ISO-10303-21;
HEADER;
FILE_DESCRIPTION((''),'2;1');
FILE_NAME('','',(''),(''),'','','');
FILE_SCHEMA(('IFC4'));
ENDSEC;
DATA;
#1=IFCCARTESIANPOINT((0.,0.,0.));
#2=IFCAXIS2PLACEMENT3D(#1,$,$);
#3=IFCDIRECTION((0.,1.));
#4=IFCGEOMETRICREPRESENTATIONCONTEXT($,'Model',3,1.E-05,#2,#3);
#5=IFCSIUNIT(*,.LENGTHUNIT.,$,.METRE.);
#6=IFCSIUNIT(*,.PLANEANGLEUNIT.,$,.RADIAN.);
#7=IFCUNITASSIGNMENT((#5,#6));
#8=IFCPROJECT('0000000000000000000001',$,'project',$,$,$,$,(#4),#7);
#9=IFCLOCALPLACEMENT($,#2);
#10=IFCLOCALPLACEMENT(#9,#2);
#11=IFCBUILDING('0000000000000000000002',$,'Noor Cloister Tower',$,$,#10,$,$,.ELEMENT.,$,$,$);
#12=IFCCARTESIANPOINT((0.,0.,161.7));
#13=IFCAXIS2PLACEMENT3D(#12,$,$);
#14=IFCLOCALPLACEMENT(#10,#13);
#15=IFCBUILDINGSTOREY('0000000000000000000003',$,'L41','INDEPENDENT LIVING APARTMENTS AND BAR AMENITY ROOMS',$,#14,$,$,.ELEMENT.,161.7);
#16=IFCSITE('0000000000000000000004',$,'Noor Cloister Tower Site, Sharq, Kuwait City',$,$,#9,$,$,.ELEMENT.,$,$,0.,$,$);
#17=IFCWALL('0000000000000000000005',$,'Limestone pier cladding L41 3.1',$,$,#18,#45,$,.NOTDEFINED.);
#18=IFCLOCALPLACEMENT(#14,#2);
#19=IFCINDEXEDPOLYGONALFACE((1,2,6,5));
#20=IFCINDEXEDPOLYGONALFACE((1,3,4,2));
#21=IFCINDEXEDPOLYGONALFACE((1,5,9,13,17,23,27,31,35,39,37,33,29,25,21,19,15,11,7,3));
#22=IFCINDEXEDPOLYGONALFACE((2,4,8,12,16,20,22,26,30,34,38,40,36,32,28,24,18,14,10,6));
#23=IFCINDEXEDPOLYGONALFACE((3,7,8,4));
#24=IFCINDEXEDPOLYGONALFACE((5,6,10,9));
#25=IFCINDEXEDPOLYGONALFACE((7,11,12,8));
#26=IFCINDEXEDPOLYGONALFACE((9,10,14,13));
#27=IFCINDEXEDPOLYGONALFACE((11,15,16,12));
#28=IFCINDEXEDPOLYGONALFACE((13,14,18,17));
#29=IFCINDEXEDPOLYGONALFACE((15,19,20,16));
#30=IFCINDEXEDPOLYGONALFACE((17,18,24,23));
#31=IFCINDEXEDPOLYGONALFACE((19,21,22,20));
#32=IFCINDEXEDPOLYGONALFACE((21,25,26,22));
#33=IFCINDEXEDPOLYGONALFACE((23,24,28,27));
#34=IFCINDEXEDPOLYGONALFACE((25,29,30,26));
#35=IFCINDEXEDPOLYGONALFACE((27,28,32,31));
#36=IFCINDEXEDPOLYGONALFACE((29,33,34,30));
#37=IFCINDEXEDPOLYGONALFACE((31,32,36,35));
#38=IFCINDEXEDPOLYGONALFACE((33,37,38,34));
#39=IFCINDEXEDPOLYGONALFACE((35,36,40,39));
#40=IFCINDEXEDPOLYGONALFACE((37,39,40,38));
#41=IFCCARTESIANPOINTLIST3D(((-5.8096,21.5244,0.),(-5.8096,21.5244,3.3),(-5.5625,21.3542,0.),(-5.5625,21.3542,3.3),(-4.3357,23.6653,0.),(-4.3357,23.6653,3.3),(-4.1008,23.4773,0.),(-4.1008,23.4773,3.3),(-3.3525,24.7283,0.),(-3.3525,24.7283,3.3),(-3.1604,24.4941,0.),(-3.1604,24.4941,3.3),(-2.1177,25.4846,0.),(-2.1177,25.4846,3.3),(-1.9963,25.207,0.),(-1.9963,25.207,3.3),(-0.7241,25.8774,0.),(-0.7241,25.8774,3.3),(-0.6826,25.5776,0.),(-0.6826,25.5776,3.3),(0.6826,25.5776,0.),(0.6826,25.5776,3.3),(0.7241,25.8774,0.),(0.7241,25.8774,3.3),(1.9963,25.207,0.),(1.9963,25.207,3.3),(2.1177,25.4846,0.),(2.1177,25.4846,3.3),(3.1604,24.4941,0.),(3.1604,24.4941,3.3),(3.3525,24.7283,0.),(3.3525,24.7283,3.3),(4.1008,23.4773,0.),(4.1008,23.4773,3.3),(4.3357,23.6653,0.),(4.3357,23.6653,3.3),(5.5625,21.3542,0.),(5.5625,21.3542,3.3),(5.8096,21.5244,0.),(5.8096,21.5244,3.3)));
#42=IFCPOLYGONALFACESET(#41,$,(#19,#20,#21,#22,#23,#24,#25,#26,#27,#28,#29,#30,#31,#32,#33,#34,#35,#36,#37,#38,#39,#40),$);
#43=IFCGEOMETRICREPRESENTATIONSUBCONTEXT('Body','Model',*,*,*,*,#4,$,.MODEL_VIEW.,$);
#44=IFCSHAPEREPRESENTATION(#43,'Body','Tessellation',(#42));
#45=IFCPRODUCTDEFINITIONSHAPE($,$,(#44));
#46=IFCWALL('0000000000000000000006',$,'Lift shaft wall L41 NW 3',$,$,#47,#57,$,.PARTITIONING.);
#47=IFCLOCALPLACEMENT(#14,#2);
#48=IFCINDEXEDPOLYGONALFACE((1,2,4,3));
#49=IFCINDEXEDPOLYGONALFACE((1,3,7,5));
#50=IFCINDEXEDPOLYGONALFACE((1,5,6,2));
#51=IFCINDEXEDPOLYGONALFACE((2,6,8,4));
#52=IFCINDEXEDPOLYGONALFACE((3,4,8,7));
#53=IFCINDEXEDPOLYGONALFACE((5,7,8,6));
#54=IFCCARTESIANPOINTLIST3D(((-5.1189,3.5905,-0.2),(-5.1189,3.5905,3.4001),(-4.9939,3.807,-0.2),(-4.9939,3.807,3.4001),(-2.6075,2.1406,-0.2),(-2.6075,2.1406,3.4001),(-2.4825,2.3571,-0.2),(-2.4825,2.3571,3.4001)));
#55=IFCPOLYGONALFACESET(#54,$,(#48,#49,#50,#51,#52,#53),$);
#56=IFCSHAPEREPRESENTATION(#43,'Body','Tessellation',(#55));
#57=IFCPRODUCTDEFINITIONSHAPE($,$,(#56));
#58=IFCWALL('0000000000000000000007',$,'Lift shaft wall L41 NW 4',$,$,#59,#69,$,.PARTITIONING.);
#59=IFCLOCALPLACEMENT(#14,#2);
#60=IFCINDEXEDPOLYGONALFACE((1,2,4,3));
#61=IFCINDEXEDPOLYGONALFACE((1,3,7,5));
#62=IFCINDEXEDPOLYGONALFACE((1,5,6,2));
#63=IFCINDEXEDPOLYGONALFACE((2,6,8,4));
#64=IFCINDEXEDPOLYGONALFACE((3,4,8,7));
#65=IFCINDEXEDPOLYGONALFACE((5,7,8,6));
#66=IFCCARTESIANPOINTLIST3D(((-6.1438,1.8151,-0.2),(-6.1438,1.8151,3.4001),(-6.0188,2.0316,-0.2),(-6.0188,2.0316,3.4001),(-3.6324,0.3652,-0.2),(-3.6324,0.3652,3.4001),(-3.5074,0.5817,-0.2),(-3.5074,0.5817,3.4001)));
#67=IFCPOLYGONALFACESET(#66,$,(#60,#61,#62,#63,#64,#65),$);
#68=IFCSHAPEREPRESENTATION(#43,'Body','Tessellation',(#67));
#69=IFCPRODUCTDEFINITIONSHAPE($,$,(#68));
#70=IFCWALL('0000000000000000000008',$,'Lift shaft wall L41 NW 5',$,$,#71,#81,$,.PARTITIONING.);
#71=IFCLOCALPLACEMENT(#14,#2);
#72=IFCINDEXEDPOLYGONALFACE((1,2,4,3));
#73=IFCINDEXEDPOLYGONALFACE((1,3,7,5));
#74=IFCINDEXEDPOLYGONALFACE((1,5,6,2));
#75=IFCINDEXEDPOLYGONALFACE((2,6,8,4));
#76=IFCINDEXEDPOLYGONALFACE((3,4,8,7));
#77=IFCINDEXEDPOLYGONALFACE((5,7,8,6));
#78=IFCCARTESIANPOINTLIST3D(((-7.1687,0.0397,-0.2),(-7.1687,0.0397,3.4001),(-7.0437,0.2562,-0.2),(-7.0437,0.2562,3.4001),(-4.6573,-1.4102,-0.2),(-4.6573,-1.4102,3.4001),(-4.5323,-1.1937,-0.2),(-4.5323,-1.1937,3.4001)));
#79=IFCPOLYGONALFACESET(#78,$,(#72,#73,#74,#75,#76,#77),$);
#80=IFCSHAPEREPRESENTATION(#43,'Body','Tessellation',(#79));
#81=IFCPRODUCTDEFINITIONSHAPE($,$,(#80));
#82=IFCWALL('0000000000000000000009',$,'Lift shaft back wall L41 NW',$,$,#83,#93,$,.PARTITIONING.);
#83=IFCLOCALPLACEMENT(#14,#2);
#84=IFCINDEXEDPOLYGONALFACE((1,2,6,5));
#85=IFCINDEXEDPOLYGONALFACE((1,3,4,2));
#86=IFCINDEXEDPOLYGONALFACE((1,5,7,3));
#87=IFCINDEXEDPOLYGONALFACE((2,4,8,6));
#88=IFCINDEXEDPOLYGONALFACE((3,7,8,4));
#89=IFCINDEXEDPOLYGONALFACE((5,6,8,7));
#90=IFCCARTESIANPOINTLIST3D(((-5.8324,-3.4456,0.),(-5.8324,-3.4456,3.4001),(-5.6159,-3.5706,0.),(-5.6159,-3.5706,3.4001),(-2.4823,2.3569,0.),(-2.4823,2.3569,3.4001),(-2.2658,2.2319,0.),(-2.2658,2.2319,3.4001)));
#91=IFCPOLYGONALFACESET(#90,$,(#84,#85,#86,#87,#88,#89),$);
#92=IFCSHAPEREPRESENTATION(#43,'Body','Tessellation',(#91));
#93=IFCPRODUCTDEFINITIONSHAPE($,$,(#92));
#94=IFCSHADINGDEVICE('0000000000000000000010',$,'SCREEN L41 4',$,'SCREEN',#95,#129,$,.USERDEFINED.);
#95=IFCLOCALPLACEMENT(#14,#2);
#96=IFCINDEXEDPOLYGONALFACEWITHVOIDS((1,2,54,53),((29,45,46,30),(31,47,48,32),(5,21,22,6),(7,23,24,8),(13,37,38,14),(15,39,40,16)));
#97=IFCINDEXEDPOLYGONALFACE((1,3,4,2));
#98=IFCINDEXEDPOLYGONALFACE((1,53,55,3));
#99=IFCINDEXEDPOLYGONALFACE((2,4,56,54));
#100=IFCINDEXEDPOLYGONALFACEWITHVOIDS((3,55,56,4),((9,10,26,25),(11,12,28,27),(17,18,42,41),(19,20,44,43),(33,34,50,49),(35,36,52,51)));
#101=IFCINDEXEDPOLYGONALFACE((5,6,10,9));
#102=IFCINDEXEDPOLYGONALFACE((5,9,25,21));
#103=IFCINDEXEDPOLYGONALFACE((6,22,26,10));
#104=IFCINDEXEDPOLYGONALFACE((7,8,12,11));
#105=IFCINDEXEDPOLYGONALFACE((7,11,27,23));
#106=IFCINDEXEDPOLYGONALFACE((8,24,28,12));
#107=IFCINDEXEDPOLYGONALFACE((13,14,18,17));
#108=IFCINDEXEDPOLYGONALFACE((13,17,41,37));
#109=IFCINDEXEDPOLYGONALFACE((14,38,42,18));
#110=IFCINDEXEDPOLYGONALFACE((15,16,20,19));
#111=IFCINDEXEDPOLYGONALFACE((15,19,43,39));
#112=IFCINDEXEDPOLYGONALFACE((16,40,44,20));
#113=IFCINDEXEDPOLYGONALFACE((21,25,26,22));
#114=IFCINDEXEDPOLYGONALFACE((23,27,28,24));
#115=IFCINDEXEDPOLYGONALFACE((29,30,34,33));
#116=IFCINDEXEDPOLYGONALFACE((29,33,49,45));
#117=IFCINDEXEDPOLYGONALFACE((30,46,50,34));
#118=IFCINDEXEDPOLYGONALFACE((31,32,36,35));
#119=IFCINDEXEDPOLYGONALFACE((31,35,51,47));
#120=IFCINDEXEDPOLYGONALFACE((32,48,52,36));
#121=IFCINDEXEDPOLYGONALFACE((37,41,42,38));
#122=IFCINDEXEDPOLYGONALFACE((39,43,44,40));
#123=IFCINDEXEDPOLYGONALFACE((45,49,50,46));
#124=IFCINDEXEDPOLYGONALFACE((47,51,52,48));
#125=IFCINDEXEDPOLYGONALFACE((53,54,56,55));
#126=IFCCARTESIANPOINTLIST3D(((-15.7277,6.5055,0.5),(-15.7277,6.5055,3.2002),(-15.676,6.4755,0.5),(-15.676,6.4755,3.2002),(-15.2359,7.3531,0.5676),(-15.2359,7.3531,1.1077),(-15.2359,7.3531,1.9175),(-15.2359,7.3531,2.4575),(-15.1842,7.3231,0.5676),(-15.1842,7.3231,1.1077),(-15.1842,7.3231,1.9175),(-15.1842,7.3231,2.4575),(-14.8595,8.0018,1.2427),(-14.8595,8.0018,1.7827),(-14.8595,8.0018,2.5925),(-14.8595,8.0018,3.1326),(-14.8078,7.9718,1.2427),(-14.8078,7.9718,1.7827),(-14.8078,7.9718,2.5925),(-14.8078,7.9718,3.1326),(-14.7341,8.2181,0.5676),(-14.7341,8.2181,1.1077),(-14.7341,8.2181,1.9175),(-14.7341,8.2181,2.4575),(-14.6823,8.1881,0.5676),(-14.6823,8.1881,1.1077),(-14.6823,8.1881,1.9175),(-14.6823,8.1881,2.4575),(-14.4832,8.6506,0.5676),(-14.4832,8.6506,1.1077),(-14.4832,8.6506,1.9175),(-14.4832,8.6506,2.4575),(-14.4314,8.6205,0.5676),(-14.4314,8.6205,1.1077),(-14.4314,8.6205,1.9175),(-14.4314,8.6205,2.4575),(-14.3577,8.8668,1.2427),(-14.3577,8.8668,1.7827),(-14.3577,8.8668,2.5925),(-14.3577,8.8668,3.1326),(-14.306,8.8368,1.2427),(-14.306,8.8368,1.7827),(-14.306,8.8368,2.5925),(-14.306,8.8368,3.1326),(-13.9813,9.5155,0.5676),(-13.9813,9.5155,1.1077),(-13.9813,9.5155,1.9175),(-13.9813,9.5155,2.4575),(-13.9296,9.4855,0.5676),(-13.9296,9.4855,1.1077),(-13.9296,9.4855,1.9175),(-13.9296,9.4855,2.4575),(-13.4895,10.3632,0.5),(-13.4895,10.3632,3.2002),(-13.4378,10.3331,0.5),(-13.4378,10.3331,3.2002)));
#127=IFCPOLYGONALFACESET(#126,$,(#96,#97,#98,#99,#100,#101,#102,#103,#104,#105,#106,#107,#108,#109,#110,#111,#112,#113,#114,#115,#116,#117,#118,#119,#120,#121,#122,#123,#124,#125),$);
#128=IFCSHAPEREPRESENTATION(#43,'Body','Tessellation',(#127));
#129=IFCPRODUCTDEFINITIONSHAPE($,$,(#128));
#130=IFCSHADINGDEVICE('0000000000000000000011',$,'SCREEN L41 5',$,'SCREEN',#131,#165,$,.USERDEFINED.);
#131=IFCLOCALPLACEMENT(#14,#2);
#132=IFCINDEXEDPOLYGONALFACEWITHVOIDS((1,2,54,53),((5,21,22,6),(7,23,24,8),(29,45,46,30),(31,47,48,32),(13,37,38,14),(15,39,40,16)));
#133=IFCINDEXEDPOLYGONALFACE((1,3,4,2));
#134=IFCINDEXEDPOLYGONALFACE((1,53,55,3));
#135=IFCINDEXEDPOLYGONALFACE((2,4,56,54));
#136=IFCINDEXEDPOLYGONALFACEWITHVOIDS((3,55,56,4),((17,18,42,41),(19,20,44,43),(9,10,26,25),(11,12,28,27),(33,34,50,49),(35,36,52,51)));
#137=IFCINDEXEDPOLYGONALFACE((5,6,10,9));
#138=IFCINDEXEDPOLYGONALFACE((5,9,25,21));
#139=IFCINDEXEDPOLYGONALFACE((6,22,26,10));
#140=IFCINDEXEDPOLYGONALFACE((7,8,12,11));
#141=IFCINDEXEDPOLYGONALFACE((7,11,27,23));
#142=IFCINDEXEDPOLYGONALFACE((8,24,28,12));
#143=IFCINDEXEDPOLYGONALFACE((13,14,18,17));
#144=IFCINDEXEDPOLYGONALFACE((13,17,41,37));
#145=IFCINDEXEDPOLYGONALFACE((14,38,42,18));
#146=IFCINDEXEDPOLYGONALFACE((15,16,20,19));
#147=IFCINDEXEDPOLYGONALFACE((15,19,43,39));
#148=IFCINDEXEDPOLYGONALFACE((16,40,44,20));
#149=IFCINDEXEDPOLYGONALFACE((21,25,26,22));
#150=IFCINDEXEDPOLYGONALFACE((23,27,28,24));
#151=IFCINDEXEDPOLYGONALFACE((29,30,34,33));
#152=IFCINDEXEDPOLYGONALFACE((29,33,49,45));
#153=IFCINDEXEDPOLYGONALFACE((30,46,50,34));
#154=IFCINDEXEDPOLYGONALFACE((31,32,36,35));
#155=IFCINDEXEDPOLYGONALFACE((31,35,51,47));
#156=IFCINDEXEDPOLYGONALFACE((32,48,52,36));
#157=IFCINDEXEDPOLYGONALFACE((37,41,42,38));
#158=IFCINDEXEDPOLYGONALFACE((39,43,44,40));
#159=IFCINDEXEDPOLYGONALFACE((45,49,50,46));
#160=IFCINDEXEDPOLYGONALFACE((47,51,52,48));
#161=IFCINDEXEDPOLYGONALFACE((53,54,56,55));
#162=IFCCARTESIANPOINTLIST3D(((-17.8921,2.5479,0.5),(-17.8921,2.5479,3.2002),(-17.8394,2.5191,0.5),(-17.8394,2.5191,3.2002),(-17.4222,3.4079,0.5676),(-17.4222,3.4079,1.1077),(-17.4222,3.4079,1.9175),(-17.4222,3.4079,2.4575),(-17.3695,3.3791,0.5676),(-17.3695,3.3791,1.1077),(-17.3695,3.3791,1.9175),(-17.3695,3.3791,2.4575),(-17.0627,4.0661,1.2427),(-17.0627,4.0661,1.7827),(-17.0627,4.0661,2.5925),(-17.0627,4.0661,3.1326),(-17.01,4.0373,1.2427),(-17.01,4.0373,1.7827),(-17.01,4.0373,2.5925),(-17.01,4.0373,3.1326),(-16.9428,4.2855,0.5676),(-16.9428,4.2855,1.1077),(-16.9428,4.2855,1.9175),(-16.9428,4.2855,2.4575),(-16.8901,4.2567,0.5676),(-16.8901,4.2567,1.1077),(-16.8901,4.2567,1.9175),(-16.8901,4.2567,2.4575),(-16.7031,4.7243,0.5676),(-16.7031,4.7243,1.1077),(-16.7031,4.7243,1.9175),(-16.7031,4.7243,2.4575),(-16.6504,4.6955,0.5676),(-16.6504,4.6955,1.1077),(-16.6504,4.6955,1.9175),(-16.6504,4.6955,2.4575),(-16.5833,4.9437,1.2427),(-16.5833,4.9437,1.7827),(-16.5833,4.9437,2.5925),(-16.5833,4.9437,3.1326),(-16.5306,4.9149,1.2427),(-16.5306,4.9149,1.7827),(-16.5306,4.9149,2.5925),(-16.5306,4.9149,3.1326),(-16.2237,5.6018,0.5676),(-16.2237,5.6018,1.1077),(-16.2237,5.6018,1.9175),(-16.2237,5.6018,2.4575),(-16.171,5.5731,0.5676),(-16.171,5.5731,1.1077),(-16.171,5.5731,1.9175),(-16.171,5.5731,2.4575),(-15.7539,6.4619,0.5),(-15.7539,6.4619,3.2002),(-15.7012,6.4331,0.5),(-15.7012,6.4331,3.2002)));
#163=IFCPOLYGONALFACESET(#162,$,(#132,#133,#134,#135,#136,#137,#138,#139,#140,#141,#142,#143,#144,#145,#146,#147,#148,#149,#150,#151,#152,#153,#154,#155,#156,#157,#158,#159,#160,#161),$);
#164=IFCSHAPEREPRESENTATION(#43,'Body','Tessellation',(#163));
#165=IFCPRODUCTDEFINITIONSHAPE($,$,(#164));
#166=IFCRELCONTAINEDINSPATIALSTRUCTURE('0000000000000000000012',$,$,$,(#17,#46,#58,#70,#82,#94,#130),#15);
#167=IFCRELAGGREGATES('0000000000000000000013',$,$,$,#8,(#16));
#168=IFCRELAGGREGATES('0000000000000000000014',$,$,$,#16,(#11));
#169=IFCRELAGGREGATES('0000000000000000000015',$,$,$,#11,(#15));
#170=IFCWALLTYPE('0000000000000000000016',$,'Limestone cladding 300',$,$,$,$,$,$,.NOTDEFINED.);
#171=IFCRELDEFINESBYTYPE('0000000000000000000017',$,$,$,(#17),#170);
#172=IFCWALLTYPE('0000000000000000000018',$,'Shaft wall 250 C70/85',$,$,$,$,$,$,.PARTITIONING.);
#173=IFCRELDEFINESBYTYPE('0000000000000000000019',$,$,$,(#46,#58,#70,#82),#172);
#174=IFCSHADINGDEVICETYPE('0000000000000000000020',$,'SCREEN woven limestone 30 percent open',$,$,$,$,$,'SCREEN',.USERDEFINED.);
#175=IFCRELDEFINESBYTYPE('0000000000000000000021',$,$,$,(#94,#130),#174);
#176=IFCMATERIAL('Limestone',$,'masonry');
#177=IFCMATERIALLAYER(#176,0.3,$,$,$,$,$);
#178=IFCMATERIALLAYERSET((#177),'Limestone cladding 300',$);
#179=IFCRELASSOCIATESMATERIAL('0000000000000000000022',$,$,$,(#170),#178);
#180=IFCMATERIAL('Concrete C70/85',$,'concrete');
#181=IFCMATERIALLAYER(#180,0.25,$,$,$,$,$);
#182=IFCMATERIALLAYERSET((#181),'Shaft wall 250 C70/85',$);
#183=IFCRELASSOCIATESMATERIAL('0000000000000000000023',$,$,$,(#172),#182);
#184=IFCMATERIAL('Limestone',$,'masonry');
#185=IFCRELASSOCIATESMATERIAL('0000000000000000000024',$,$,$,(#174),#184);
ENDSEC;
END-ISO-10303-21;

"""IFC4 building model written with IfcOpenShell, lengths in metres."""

from ifc_helpers import new_model, si_unit, direction, frame, frame_2d, origin, place, context, subcontext, project, spatial, polyline, rectangle, outline, extrude, material, layer, layer_set, material_profile, profile_set, type_object, element, save


model = new_model("IFC4")

# Units and contexts
model_context = context("Model", 3, precision=1e-05, world=origin(), true_north=direction((0.0, 1.0)))
body_context = subcontext(model_context, "Body", "Model", "MODEL_VIEW")
ifc_project = project(units=[si_unit("LENGTHUNIT", "METRE"), si_unit("PLANEANGLEUNIT", "RADIAN")], contexts=[model_context])

# Site, building, storey
site_placement = place(None, origin())
site = spatial("IfcSite", under=ifc_project, at=site_placement, Name="Noor Cloister Tower Site, Sharq, Kuwait City", CompositionType="ELEMENT", RefElevation=0.0)
building_placement = place(site_placement, origin())
building = spatial("IfcBuilding", under=site, at=building_placement, Name="Noor Cloister Tower", CompositionType="ELEMENT")
storey_placement = place(building_placement, frame((0.0, 0.0, 161.7)))
storey = spatial("IfcBuildingStorey", under=building, at=storey_placement, Name="L41", Description="INDEPENDENT LIVING APARTMENTS AND BAR AMENITY ROOMS", CompositionType="ELEMENT", Elevation=161.7)

# Walls
ifc_material_1 = material(Name="Limestone", Category="masonry")
ifc_layer_1 = layer(ifc_material_1, 0.3)
ifc_layer_set_1 = layer_set([ifc_layer_1], Name="Limestone cladding 300")
wall_type_1 = type_object("IfcWallType", Name="Limestone cladding 300", PredefinedType="NOTDEFINED", material=ifc_layer_set_1)
wall_1_placement = place(storey_placement, origin())
element("IfcWall", 1, at=wall_1_placement, inside=storey, type_object=wall_type_1, Name="Limestone pier cladding L41 3.1", PredefinedType="NOTDEFINED", context=body_context, shape_type="SweptSolid", body=[
    extrude(outline(polyline([(5.8096, 21.5244), (4.3357, 23.6653), (3.3525, 24.7283), (2.1177, 25.4846), (0.7241, 25.8774), (-0.7241, 25.8774), (-2.1177, 25.4846), (-3.3525, 24.7283), (-4.3357, 23.6653), (-5.8096, 21.5244), (-5.5625, 21.3542), (-4.1008, 23.4773), (-3.1604, 24.4941), (-1.9963, 25.207), (-0.6826, 25.5776), (0.6826, 25.5776), (1.9963, 25.207), (3.1604, 24.4941), (4.1008, 23.4773), (5.5625, 21.3542), (5.8096, 21.5244)])), origin(), (0.0, 0.0, 1.0), 3.3),
])
ifc_material_2 = material(Name="Concrete C70/85", Category="concrete")
ifc_layer_2 = layer(ifc_material_2, 0.25)
ifc_layer_set_2 = layer_set([ifc_layer_2], Name="Shaft wall 250 C70/85")
wall_type_2 = type_object("IfcWallType", Name="Shaft wall 250 C70/85", PredefinedType="PARTITIONING", material=ifc_layer_set_2)
for number, where, z_axis, x_axis, name in (
    (2, (-5.0564, 3.6987, -0.2), (0.0, 0.0, 1.0), (0.866033, -0.499987, 0.0), "Lift shaft wall L41 NW 3"),
    (3, (-6.0813, 1.9233, -0.2), (0.0, 0.0, 1.0), (0.866033, -0.499987, 0.0), "Lift shaft wall L41 NW 4"),
    (4, (-7.1062, 0.1479, -0.2), (0.0, 0.0, 1.0), (0.866033, -0.499987, 0.0), "Lift shaft wall L41 NW 5"),
):
    element("IfcWall", number, at=place(storey_placement, frame(where, z_axis=z_axis, x_axis=x_axis)), inside=storey, type_object=wall_type_2, Name=name, PredefinedType="PARTITIONING", context=body_context, shape_type="SweptSolid", body=[
        extrude(rectangle(XDim=2.8999, YDim=0.25, at=frame_2d((1.45, 0.0))), origin(), (0.0, 0.0, 1.0), 3.6001),
    ])
wall_2_placement = place(storey_placement, frame((-2.374, 2.2944, 0.0), z_axis=(0.0, 0.0, 1.0), x_axis=(-0.500003, -0.866024, 0.0)))
element("IfcWall", 5, at=wall_2_placement, inside=storey, type_object=wall_type_2, Name="Lift shaft back wall L41 NW", PredefinedType="PARTITIONING", context=body_context, shape_type="SweptSolid", body=[
    extrude(rectangle(XDim=6.7002, YDim=0.25, at=frame_2d((3.3501, 0.0))), origin(), (0.0, 0.0, 1.0), 3.4001),
])

# Shading devices
ifc_material_3 = material(Name="Limestone", Category="masonry")
ifc_material_profile_1 = material_profile(ifc_material_3, outline(polyline([(-2.23, -1.3501), (2.23, -1.3501), (2.23, 1.3501), (-2.23, 1.3501), (-2.23, -1.3501)]), holes=[polyline([(-1.25, -1.2825), (-0.25, -1.2825), (-0.25, -0.7424), (-1.25, -0.7424), (-1.25, -1.2825)]), polyline([(0.25, -1.2825), (1.25, -1.2825), (1.25, -0.7424), (0.25, -0.7424), (0.25, -1.2825)]), polyline([(-0.5, -0.6074), (0.5, -0.6074), (0.5, -0.0674), (-0.5, -0.0674), (-0.5, -0.6074)]), polyline([(-1.25, 0.0674), (-0.25, 0.0674), (-0.25, 0.6074), (-1.25, 0.6074), (-1.25, 0.0674)]), polyline([(0.25, 0.0674), (1.25, 0.0674), (1.25, 0.6074), (0.25, 0.6074), (0.25, 0.0674)]), polyline([(-0.5, 0.7424), (0.5, 0.7424), (0.5, 1.2825), (-0.5, 1.2825), (-0.5, 0.7424)])]), Name="Woven screen 30 percent open")
ifc_profile_set_1 = profile_set([ifc_material_profile_1], Name="Limestone")
shading_device_type_1 = type_object("IfcShadingDeviceType", Name="SCREEN woven limestone 30 percent open", ElementType="SCREEN", PredefinedType="USERDEFINED", material=ifc_profile_set_1)
shading_device_1_placement = place(storey_placement, frame((-14.5569, 8.4043, 1.8501), z_axis=(-0.86496, 0.50184, 0.0), x_axis=(-0.50184, -0.86496, 0.0)))
element("IfcShadingDevice", 6, at=shading_device_1_placement, inside=storey, type_object=shading_device_type_1, Name="SCREEN L41 4", ObjectType="SCREEN", PredefinedType="USERDEFINED", context=body_context, shape_type="SweptSolid", body=[
    extrude(outline(polyline([(-2.23, -1.3501), (2.23, -1.3501), (2.23, 1.3501), (-2.23, 1.3501), (-2.23, -1.3501)]), holes=[polyline([(-1.25, -1.2825), (-0.25, -1.2825), (-0.25, -0.7424), (-1.25, -0.7424), (-1.25, -1.2825)]), polyline([(0.25, -1.2825), (1.25, -1.2825), (1.25, -0.7424), (0.25, -0.7424), (0.25, -1.2825)]), polyline([(-0.5, -0.6074), (0.5, -0.6074), (0.5, -0.0674), (-0.5, -0.0674), (-0.5, -0.6074)]), polyline([(-1.25, 0.0674), (-0.25, 0.0674), (-0.25, 0.6074), (-1.25, 0.6074), (-1.25, 0.0674)]), polyline([(0.25, 0.0674), (1.25, 0.0674), (1.25, 0.6074), (0.25, 0.6074), (0.25, 0.0674)]), polyline([(-0.5, 0.7424), (0.5, 0.7424), (0.5, 1.2825), (-0.5, 1.2825), (-0.5, 0.7424)])]), origin(), (0.0, 0.0, 1.0), 0.0598),
])
for number, where, z_axis, x_axis, name in (
    (7, (-16.7703, 4.4761, 1.8501), (-0.877585, 0.479421, 0.0), (-0.479421, -0.877585, 0.0), "SCREEN L41 5"),
):
    element("IfcShadingDevice", number, at=place(storey_placement, frame(where, z_axis=z_axis, x_axis=x_axis)), inside=storey, type_object=shading_device_type_1, Name=name, ObjectType="SCREEN", PredefinedType="USERDEFINED", context=body_context, shape_type="SweptSolid", body=[
        extrude(outline(polyline([(-2.23, -1.3501), (2.23, -1.3501), (2.23, 1.3501), (-2.23, 1.3501), (-2.23, -1.3501)]), holes=[polyline([(-1.25, -1.2825), (-0.25, -1.2825), (-0.25, -0.7424), (-1.25, -0.7424), (-1.25, -1.2825)]), polyline([(0.25, -1.2825), (1.25, -1.2825), (1.25, -0.7424), (0.25, -0.7424), (0.25, -1.2825)]), polyline([(-0.5, -0.6074), (0.5, -0.6074), (0.5, -0.0674), (-0.5, -0.0674), (-0.5, -0.6074)]), polyline([(-1.25, 0.0674), (-0.25, 0.0674), (-0.25, 0.6074), (-1.25, 0.6074), (-1.25, 0.0674)]), polyline([(0.25, 0.0674), (1.25, 0.0674), (1.25, 0.6074), (0.25, 0.6074), (0.25, 0.0674)]), polyline([(-0.5, 0.7424), (0.5, 0.7424), (0.5, 1.2825), (-0.5, 1.2825), (-0.5, 0.7424)])]), origin(), (0.0, 0.0, 1.0), 0.0601),
    ])

save(model, "model.ifc")
